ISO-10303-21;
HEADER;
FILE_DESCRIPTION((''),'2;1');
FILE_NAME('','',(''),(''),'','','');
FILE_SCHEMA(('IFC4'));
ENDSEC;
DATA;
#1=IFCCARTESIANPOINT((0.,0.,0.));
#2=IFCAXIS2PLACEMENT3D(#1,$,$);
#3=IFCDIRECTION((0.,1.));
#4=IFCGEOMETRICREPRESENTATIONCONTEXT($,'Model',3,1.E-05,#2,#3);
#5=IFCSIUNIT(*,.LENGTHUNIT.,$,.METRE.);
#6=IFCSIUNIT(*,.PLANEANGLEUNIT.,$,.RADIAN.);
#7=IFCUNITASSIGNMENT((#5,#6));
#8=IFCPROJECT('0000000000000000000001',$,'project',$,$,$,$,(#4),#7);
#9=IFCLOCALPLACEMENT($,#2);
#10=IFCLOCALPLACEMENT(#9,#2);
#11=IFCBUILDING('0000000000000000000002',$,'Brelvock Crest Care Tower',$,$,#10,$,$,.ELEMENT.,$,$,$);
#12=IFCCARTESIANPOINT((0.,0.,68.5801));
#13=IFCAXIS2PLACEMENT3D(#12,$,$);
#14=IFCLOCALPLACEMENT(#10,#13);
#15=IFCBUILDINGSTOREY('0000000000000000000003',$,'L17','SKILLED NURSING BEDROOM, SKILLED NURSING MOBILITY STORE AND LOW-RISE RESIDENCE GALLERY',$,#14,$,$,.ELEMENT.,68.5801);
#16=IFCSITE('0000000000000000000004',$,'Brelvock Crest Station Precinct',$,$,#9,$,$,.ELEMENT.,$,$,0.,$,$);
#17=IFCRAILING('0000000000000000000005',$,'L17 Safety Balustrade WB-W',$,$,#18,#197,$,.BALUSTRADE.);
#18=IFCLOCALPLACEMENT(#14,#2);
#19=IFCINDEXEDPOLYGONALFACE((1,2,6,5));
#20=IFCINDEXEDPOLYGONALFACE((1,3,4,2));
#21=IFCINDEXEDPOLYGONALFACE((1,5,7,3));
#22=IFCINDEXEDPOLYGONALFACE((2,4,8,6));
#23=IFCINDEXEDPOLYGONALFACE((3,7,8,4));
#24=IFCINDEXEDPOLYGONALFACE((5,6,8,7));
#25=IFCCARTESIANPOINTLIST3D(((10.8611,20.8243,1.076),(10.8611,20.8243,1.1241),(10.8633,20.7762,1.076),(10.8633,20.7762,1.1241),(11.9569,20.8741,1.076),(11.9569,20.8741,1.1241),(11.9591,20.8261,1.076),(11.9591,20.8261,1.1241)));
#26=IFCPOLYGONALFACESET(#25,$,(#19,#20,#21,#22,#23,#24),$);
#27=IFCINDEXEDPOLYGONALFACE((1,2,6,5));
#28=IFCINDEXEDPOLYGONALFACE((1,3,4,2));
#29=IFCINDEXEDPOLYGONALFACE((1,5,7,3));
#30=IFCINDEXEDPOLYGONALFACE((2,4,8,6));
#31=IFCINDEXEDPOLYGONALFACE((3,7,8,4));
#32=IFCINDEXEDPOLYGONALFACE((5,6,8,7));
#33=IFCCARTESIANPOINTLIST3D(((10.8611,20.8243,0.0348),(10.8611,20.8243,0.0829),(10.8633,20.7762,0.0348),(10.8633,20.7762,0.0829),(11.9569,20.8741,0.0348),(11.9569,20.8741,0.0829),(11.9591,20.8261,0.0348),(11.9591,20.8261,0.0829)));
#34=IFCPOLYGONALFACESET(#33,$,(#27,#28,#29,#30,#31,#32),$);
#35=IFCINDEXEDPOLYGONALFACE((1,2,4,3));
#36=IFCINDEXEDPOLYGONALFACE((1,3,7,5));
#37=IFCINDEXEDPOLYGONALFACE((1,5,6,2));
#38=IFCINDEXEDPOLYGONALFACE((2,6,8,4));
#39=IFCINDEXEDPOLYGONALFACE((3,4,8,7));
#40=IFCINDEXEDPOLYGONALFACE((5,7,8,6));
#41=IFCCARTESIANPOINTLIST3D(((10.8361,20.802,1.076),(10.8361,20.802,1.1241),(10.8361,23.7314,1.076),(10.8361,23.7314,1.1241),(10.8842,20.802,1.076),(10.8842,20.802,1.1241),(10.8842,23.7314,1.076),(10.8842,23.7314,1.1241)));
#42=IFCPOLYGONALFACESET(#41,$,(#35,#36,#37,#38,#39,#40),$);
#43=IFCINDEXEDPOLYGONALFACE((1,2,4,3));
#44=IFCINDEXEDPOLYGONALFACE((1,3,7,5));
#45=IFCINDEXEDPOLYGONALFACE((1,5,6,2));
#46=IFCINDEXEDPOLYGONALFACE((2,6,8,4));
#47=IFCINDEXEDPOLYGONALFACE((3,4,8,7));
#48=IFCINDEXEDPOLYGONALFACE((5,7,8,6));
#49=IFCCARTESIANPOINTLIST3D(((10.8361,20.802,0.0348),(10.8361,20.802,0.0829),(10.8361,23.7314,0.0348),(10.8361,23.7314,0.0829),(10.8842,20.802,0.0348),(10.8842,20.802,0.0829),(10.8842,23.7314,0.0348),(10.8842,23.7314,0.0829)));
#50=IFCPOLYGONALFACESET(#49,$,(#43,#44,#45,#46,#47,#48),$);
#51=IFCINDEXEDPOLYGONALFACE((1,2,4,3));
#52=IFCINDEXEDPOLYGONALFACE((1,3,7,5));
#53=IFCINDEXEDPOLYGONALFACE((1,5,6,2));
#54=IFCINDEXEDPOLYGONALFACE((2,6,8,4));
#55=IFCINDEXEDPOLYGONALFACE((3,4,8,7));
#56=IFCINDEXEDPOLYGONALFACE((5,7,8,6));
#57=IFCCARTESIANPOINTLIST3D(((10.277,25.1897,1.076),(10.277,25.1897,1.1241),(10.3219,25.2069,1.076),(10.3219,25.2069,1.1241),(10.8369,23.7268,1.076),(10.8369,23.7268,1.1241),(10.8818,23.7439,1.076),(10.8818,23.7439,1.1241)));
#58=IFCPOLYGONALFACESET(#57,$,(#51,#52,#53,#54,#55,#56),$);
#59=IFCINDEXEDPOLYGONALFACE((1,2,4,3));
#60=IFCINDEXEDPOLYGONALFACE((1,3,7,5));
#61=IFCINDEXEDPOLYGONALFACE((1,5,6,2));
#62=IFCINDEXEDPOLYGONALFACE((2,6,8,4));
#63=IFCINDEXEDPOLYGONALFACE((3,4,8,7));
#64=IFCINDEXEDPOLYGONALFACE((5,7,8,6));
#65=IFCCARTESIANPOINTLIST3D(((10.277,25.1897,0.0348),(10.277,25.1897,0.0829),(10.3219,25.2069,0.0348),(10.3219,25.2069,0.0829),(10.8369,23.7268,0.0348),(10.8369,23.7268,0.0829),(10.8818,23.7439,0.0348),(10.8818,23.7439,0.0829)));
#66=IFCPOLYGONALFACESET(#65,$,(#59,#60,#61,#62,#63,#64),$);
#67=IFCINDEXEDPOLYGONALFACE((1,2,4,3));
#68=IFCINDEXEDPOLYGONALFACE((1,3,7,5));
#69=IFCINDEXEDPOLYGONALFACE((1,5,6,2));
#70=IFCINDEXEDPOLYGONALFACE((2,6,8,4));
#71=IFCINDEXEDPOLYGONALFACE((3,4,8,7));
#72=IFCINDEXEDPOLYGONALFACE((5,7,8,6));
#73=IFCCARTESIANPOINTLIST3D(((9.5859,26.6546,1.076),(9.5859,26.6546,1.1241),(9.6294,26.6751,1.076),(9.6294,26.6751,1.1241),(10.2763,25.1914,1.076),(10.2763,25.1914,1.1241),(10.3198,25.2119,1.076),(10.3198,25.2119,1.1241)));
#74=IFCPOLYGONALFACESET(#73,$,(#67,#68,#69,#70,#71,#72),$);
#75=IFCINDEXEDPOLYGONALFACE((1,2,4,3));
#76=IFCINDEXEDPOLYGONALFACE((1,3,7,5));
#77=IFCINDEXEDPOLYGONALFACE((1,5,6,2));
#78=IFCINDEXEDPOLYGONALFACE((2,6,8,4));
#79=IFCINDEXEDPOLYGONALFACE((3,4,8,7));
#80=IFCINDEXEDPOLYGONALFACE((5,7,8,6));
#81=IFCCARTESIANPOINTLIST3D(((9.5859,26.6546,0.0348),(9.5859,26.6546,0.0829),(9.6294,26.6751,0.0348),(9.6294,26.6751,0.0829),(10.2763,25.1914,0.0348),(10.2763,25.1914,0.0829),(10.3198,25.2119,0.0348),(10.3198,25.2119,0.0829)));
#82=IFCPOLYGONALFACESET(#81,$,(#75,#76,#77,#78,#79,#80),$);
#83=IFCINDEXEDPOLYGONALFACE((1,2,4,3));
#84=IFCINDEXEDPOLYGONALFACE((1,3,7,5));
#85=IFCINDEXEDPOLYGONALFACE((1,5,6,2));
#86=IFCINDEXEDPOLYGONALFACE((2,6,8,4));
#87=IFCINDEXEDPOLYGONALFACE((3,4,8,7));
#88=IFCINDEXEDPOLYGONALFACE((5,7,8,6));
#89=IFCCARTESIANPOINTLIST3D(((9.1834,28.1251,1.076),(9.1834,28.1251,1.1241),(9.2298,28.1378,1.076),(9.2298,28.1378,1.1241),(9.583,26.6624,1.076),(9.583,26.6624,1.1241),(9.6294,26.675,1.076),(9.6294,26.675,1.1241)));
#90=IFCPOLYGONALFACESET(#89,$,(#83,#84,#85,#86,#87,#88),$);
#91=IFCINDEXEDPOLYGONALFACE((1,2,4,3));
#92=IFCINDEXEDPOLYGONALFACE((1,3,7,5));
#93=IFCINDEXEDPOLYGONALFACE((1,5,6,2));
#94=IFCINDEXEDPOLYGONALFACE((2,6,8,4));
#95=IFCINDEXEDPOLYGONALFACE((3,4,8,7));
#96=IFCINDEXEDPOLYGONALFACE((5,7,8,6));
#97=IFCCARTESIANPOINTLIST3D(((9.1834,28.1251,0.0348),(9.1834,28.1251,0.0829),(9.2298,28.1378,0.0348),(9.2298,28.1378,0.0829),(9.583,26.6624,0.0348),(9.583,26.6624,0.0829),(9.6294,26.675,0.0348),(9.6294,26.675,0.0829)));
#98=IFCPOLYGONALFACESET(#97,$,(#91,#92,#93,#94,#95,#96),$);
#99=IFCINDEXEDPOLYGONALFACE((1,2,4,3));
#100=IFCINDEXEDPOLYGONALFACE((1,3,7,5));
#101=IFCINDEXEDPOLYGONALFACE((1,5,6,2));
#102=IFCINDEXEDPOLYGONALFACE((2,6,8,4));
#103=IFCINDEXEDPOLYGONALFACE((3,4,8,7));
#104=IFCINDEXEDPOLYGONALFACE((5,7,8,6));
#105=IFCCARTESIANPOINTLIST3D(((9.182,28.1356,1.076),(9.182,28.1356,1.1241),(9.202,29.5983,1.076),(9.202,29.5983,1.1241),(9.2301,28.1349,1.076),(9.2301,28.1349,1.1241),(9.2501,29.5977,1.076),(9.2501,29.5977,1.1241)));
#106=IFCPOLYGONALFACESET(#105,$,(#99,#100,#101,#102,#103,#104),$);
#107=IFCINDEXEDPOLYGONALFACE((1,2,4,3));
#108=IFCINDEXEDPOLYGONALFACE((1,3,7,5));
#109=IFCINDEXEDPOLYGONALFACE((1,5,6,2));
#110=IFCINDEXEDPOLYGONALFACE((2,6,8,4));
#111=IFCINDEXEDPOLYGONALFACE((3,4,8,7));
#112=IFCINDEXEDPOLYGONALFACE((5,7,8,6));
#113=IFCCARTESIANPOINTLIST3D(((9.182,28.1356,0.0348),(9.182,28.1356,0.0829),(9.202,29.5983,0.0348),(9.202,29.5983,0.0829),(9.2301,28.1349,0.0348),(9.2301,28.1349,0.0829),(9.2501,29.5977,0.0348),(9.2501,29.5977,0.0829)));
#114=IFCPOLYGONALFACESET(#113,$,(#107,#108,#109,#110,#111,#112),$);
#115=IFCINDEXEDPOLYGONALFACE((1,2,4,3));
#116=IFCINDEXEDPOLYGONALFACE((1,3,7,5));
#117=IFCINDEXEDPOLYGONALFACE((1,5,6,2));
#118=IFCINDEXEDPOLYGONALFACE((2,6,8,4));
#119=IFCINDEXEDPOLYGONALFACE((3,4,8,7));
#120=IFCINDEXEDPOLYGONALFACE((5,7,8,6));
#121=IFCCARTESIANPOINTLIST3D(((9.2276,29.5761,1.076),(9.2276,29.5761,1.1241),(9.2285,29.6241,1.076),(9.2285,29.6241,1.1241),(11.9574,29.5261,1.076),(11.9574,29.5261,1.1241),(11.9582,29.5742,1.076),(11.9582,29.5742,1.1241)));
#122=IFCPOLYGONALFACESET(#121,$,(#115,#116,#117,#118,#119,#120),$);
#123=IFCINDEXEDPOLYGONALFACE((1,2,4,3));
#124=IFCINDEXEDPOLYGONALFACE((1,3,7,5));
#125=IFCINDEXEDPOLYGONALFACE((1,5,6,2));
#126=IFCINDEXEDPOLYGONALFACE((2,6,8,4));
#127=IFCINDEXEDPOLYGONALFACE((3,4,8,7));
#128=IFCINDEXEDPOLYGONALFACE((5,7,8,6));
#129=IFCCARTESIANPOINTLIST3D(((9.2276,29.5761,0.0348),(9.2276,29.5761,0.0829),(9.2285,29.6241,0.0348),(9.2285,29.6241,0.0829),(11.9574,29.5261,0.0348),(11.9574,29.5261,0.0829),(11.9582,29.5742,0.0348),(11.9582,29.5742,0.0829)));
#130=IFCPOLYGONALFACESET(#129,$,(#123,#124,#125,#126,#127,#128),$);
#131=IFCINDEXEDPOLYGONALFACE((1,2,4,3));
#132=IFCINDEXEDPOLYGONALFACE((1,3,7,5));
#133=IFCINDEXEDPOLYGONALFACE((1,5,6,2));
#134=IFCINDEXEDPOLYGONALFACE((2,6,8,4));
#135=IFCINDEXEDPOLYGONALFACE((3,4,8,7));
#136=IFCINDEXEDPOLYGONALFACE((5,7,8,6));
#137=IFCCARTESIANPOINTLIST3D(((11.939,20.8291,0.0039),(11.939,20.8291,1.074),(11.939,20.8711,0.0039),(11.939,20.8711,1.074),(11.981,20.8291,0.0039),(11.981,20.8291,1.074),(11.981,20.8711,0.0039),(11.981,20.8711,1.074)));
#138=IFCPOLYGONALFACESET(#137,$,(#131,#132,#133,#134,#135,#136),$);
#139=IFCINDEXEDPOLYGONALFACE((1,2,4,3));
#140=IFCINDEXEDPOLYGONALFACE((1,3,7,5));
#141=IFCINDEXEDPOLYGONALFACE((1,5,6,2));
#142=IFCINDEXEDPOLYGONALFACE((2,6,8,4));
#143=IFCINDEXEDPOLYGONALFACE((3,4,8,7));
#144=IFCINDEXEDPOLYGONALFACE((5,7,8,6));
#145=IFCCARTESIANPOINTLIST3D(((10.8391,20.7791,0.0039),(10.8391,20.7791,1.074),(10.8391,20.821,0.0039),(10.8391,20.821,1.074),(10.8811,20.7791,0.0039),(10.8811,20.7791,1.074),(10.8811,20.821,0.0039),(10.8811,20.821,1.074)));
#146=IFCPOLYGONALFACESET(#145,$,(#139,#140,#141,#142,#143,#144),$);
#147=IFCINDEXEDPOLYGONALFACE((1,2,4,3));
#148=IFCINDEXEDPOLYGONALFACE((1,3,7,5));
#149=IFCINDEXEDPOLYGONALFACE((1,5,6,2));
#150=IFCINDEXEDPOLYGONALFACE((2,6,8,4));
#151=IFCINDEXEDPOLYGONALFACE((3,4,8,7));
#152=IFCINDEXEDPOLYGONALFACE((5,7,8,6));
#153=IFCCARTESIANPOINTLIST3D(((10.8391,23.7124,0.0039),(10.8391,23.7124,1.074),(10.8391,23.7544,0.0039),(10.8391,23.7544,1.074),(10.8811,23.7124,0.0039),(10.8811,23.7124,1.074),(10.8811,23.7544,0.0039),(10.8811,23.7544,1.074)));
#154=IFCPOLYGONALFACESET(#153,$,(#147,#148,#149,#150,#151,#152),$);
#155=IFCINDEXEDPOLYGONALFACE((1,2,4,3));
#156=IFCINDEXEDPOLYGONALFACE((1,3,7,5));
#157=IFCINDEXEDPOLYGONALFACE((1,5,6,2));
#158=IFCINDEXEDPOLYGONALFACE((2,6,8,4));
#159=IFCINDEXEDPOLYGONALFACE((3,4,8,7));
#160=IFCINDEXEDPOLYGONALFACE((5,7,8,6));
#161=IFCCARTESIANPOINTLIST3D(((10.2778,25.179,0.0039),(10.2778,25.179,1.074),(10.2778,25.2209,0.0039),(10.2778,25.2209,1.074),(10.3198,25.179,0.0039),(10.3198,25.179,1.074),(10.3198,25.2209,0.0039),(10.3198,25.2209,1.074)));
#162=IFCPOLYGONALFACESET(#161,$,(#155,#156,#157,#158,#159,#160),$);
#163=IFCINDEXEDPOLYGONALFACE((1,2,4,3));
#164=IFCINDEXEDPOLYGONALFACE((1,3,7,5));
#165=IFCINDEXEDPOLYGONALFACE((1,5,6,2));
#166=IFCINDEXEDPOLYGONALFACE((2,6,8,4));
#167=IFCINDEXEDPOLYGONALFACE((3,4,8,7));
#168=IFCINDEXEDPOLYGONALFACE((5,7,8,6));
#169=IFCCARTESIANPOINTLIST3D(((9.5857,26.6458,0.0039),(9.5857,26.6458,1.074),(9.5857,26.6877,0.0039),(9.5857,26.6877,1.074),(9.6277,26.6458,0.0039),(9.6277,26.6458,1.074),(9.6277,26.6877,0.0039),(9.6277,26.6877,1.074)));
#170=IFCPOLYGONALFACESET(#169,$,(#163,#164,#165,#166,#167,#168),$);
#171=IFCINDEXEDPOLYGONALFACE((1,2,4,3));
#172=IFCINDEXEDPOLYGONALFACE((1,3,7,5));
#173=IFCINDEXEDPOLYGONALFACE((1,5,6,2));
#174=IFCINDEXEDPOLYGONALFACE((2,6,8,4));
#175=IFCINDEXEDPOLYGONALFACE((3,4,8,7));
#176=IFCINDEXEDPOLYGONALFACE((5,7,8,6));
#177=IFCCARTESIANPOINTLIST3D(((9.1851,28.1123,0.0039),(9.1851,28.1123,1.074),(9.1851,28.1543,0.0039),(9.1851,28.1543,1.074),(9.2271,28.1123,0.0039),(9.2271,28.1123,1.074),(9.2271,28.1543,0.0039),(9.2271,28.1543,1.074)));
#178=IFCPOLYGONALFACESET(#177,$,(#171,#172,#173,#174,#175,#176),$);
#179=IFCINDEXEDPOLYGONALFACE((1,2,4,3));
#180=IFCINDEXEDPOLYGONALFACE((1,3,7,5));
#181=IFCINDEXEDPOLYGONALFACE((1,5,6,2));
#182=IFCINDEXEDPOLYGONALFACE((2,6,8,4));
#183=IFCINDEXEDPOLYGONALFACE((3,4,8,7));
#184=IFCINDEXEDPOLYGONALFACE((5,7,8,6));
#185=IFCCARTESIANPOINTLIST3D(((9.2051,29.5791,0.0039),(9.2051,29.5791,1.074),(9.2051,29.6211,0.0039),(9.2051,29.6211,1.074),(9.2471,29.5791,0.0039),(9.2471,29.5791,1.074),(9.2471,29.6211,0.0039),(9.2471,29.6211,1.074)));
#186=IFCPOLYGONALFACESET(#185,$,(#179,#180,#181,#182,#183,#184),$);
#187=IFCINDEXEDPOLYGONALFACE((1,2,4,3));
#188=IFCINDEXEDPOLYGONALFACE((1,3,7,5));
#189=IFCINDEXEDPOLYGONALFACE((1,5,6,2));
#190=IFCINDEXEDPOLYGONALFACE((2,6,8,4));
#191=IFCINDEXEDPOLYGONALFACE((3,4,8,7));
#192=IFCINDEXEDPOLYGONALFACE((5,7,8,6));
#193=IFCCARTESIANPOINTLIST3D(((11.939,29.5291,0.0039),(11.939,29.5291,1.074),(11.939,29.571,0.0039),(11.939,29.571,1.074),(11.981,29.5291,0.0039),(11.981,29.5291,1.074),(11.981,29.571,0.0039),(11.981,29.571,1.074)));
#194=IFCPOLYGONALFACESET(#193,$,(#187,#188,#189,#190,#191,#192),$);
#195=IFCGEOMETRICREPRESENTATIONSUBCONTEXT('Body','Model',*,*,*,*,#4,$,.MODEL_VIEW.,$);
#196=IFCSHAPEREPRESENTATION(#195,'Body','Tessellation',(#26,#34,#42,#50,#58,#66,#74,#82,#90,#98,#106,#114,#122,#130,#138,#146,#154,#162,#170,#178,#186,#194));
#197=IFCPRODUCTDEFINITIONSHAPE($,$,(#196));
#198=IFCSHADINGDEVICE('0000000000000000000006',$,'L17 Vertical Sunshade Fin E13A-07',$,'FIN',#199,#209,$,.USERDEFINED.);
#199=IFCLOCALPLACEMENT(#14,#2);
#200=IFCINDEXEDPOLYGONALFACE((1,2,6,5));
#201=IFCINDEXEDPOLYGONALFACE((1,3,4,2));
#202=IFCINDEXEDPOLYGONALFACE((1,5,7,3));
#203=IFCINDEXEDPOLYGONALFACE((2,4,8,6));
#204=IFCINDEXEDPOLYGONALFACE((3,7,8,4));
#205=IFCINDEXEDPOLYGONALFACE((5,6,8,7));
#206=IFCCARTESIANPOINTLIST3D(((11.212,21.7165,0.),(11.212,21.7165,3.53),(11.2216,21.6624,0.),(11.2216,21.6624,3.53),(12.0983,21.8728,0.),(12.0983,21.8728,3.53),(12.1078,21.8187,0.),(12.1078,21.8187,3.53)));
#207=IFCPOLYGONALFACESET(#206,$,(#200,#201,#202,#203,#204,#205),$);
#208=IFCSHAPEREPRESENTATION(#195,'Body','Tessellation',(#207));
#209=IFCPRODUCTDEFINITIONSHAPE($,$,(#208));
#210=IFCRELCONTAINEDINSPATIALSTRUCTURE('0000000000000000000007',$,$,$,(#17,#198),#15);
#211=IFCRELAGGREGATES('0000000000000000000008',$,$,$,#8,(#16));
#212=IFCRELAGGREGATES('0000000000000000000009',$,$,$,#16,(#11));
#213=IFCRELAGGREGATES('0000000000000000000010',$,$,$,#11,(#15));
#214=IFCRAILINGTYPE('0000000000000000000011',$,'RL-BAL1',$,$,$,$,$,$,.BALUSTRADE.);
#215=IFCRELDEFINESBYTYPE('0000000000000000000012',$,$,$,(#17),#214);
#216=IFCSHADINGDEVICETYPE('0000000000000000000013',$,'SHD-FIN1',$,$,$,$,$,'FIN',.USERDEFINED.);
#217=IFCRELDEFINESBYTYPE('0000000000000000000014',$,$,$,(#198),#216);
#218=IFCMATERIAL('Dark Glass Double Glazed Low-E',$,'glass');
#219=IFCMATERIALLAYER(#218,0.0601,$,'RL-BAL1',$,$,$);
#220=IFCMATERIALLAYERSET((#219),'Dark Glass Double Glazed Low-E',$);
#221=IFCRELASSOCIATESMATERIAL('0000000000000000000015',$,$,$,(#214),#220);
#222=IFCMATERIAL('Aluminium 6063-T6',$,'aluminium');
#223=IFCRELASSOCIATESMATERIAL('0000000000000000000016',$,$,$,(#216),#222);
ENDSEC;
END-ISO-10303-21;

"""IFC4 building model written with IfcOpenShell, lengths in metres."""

from ifc_helpers import new_model, si_unit, direction, frame, origin, origin_2d, place, context, subcontext, project, spatial, rectangle, extrude, source, transform, mapped, material, layer, layer_set, material_profile, profile_set, type_object, element, save


model = new_model("IFC4")

# Units and contexts
model_context = context("Model", 3, precision=1e-05, world=origin(), true_north=direction((0.0, 1.0)))
body_context = subcontext(model_context, "Body", "Model", "MODEL_VIEW")
ifc_project = project(units=[si_unit("LENGTHUNIT", "METRE"), si_unit("PLANEANGLEUNIT", "RADIAN")], contexts=[model_context])

# Site, building, storey
site_placement = place(None, origin())
site = spatial("IfcSite", under=ifc_project, at=site_placement, Name="Brelvock Crest Station Precinct", CompositionType="ELEMENT", RefElevation=0.0)
building_placement = place(site_placement, origin())
building = spatial("IfcBuilding", under=site, at=building_placement, Name="Brelvock Crest Care Tower", CompositionType="ELEMENT")
storey_placement = place(building_placement, frame((0.0, 0.0, 68.5801)))
storey = spatial("IfcBuildingStorey", under=building, at=storey_placement, Name="L17", Description="SKILLED NURSING BEDROOM, SKILLED NURSING MOBILITY STORE AND LOW-RISE RESIDENCE GALLERY", CompositionType="ELEMENT", Elevation=68.5801)

# Shared definitions
ifc_material_1 = material(Name="Dark Glass Double Glazed Low-E", Category="glass")
ifc_material_2 = material(Name="Aluminium 6063-T6", Category="aluminium")

# Railing
ifc_layer_1 = layer(ifc_material_1, 0.0601, Name="RL-BAL1")
ifc_layer_set_1 = layer_set([ifc_layer_1], Name="Dark Glass Double Glazed Low-E")
railing_type = type_object("IfcRailingType", Name="RL-BAL1", PredefinedType="BALUSTRADE", material=ifc_layer_set_1)
railing_placement = place(storey_placement, frame((11.96, 20.8501, 0.0039)))
element("IfcRailing", 1, at=railing_placement, inside=storey, type_object=railing_type, Name="L17 Safety Balustrade WB-W", PredefinedType="BALUSTRADE", context=body_context, shape_type="SweptSolid", body=[
    extrude(rectangle(XDim=0.0481, YDim=0.0481, at=origin_2d()), frame((-0.002, 0.0, 1.0962), z_axis=(-0.998966, -0.045458, 0.0), x_axis=(0.045458, -0.998966, 0.0)), (0.0, 0.0, 1.0), 1.0969),
    extrude(rectangle(XDim=0.0481, YDim=0.0481, at=origin_2d()), frame((-0.002, 0.0, 0.0549), z_axis=(-0.998966, -0.045458, 0.0), x_axis=(0.045458, -0.998966, 0.0)), (0.0, 0.0, 1.0), 1.0969),
    extrude(rectangle(XDim=0.0481, YDim=0.0481, at=origin_2d()), frame((-1.0999, -0.0481, 1.0962), z_axis=(0.0, 1.0, 0.0), x_axis=(-1.0, 0.0, 0.0)), (0.0, 0.0, 1.0), 2.9294),
    extrude(rectangle(XDim=0.0481, YDim=0.0481, at=origin_2d()), frame((-1.0999, -0.0481, 0.0549), z_axis=(0.0, 1.0, 0.0), x_axis=(-1.0, 0.0, 0.0)), (0.0, 0.0, 1.0), 2.9294),
    extrude(rectangle(XDim=0.0481, YDim=0.0481, at=origin_2d()), frame((-1.1006, 2.8853, 1.0962), z_axis=(-0.357437, 0.933937, 0.0), x_axis=(-0.933937, -0.357437, 0.0)), (0.0, 0.0, 1.0), 1.5664),
    extrude(rectangle(XDim=0.0481, YDim=0.0481, at=origin_2d()), frame((-1.1006, 2.8853, 0.0549), z_axis=(-0.357437, 0.933937, 0.0), x_axis=(-0.933937, -0.357437, 0.0)), (0.0, 0.0, 1.0), 1.5664),
    extrude(rectangle(XDim=0.0481, YDim=0.0481, at=origin_2d()), frame((-1.6619, 4.3516, 1.0962), z_axis=(-0.426746, 0.904371, 0.0), x_axis=(-0.904371, -0.426746, 0.0)), (0.0, 0.0, 1.0), 1.6179),
    extrude(rectangle(XDim=0.0481, YDim=0.0481, at=origin_2d()), frame((-1.6619, 4.3516, 0.0549), z_axis=(-0.426746, 0.904371, 0.0), x_axis=(-0.904371, -0.426746, 0.0)), (0.0, 0.0, 1.0), 1.6179),
    extrude(rectangle(XDim=0.0481, YDim=0.0481, at=origin_2d()), frame((-2.3538, 5.8186, 1.0962), z_axis=(-0.263525, 0.964653, 0.0), x_axis=(-0.964653, -0.263525, 0.0)), (0.0, 0.0, 1.0), 1.5164),
    extrude(rectangle(XDim=0.0481, YDim=0.0481, at=origin_2d()), frame((-2.3538, 5.8186, 0.0549), z_axis=(-0.263525, 0.964653, 0.0), x_axis=(-0.964653, -0.263525, 0.0)), (0.0, 0.0, 1.0), 1.5164),
    extrude(rectangle(XDim=0.0481, YDim=0.0481, at=origin_2d()), frame((-2.7539, 7.2852, 1.0962), z_axis=(0.013647, 0.999907, 0.0), x_axis=(-0.999907, 0.013647, 0.0)), (0.0, 0.0, 1.0), 1.4629),
    extrude(rectangle(XDim=0.0481, YDim=0.0481, at=origin_2d()), frame((-2.7539, 7.2852, 0.0549), z_axis=(0.013647, 0.999907, 0.0), x_axis=(-0.999907, 0.013647, 0.0)), (0.0, 0.0, 1.0), 1.4629),
    extrude(rectangle(XDim=0.0481, YDim=0.0481, at=origin_2d()), frame((-2.7319, 8.75, 1.0962), z_axis=(0.999832, -0.018304, 0.0), x_axis=(0.018304, 0.999832, 0.0)), (0.0, 0.0, 1.0), 2.7302),
    extrude(rectangle(XDim=0.0481, YDim=0.0481, at=origin_2d()), frame((-2.7319, 8.75, 0.0549), z_axis=(0.999832, -0.018304, 0.0), x_axis=(0.018304, 0.999832, 0.0)), (0.0, 0.0, 1.0), 2.7302),
    extrude(rectangle(XDim=0.042, YDim=0.042, at=origin_2d()), origin(), (0.0, 0.0, 1.0), 1.0701),
    extrude(rectangle(XDim=0.042, YDim=0.042, at=origin_2d()), frame((-1.0999, -0.05, 0.0)), (0.0, 0.0, 1.0), 1.0701),
    extrude(rectangle(XDim=0.042, YDim=0.042, at=origin_2d()), frame((-1.0999, 2.8833, 0.0)), (0.0, 0.0, 1.0), 1.0701),
    extrude(rectangle(XDim=0.042, YDim=0.042, at=origin_2d()), frame((-1.6611, 4.3499, 0.0)), (0.0, 0.0, 1.0), 1.0701),
    extrude(rectangle(XDim=0.042, YDim=0.042, at=origin_2d()), frame((-2.3533, 5.8167, 0.0)), (0.0, 0.0, 1.0), 1.0701),
    extrude(rectangle(XDim=0.042, YDim=0.042, at=origin_2d()), frame((-2.7539, 7.2832, 0.0)), (0.0, 0.0, 1.0), 1.0701),
    extrude(rectangle(XDim=0.042, YDim=0.042, at=origin_2d()), frame((-2.7339, 8.75, 0.0)), (0.0, 0.0, 1.0), 1.0701),
    extrude(rectangle(XDim=0.042, YDim=0.042, at=origin_2d()), frame((0.0, 8.7, 0.0)), (0.0, 0.0, 1.0), 1.0701),
])

# Shading device
ifc_material_profile_1 = material_profile(ifc_material_2, rectangle(XDim=0.0549, YDim=0.8999, at=origin_2d()), Name="FIN55x900")
ifc_profile_set_1 = profile_set([ifc_material_profile_1], Name="Aluminium 6063-T6")
shading_device_type = type_object("IfcShadingDeviceType", Name="SHD-FIN1", ElementType="FIN", PredefinedType="USERDEFINED", material=ifc_profile_set_1)
shared_shape_1 = source(origin(), body_context, "Body", "SweptSolid", [
    extrude(rectangle(XDim=0.0549, YDim=0.8999, at=origin_2d()), origin(), (0.0, 0.0, 1.0), 3.53),
])
shading_device_placement = place(storey_placement, frame((11.6599, 21.7676, 0.0), z_axis=(0.0, 0.0, 1.0), x_axis=(-0.173648, 0.984808, 0.0)))
element("IfcShadingDevice", 2, at=shading_device_placement, inside=storey, type_object=shading_device_type, Name="L17 Vertical Sunshade Fin E13A-07", ObjectType="FIN", PredefinedType="USERDEFINED", context=body_context, shape_type="MappedRepresentation", body=[
    mapped(shared_shape_1, transform((0.0, 0.0, 0.0), x_axis=(1.0, 0.0, 0.0), y_axis=(0.0, 1.0, 0.0), z_axis=(0.0, 0.0, 1.0), scale=1.0)),
])

save(model, "model.ifc")
